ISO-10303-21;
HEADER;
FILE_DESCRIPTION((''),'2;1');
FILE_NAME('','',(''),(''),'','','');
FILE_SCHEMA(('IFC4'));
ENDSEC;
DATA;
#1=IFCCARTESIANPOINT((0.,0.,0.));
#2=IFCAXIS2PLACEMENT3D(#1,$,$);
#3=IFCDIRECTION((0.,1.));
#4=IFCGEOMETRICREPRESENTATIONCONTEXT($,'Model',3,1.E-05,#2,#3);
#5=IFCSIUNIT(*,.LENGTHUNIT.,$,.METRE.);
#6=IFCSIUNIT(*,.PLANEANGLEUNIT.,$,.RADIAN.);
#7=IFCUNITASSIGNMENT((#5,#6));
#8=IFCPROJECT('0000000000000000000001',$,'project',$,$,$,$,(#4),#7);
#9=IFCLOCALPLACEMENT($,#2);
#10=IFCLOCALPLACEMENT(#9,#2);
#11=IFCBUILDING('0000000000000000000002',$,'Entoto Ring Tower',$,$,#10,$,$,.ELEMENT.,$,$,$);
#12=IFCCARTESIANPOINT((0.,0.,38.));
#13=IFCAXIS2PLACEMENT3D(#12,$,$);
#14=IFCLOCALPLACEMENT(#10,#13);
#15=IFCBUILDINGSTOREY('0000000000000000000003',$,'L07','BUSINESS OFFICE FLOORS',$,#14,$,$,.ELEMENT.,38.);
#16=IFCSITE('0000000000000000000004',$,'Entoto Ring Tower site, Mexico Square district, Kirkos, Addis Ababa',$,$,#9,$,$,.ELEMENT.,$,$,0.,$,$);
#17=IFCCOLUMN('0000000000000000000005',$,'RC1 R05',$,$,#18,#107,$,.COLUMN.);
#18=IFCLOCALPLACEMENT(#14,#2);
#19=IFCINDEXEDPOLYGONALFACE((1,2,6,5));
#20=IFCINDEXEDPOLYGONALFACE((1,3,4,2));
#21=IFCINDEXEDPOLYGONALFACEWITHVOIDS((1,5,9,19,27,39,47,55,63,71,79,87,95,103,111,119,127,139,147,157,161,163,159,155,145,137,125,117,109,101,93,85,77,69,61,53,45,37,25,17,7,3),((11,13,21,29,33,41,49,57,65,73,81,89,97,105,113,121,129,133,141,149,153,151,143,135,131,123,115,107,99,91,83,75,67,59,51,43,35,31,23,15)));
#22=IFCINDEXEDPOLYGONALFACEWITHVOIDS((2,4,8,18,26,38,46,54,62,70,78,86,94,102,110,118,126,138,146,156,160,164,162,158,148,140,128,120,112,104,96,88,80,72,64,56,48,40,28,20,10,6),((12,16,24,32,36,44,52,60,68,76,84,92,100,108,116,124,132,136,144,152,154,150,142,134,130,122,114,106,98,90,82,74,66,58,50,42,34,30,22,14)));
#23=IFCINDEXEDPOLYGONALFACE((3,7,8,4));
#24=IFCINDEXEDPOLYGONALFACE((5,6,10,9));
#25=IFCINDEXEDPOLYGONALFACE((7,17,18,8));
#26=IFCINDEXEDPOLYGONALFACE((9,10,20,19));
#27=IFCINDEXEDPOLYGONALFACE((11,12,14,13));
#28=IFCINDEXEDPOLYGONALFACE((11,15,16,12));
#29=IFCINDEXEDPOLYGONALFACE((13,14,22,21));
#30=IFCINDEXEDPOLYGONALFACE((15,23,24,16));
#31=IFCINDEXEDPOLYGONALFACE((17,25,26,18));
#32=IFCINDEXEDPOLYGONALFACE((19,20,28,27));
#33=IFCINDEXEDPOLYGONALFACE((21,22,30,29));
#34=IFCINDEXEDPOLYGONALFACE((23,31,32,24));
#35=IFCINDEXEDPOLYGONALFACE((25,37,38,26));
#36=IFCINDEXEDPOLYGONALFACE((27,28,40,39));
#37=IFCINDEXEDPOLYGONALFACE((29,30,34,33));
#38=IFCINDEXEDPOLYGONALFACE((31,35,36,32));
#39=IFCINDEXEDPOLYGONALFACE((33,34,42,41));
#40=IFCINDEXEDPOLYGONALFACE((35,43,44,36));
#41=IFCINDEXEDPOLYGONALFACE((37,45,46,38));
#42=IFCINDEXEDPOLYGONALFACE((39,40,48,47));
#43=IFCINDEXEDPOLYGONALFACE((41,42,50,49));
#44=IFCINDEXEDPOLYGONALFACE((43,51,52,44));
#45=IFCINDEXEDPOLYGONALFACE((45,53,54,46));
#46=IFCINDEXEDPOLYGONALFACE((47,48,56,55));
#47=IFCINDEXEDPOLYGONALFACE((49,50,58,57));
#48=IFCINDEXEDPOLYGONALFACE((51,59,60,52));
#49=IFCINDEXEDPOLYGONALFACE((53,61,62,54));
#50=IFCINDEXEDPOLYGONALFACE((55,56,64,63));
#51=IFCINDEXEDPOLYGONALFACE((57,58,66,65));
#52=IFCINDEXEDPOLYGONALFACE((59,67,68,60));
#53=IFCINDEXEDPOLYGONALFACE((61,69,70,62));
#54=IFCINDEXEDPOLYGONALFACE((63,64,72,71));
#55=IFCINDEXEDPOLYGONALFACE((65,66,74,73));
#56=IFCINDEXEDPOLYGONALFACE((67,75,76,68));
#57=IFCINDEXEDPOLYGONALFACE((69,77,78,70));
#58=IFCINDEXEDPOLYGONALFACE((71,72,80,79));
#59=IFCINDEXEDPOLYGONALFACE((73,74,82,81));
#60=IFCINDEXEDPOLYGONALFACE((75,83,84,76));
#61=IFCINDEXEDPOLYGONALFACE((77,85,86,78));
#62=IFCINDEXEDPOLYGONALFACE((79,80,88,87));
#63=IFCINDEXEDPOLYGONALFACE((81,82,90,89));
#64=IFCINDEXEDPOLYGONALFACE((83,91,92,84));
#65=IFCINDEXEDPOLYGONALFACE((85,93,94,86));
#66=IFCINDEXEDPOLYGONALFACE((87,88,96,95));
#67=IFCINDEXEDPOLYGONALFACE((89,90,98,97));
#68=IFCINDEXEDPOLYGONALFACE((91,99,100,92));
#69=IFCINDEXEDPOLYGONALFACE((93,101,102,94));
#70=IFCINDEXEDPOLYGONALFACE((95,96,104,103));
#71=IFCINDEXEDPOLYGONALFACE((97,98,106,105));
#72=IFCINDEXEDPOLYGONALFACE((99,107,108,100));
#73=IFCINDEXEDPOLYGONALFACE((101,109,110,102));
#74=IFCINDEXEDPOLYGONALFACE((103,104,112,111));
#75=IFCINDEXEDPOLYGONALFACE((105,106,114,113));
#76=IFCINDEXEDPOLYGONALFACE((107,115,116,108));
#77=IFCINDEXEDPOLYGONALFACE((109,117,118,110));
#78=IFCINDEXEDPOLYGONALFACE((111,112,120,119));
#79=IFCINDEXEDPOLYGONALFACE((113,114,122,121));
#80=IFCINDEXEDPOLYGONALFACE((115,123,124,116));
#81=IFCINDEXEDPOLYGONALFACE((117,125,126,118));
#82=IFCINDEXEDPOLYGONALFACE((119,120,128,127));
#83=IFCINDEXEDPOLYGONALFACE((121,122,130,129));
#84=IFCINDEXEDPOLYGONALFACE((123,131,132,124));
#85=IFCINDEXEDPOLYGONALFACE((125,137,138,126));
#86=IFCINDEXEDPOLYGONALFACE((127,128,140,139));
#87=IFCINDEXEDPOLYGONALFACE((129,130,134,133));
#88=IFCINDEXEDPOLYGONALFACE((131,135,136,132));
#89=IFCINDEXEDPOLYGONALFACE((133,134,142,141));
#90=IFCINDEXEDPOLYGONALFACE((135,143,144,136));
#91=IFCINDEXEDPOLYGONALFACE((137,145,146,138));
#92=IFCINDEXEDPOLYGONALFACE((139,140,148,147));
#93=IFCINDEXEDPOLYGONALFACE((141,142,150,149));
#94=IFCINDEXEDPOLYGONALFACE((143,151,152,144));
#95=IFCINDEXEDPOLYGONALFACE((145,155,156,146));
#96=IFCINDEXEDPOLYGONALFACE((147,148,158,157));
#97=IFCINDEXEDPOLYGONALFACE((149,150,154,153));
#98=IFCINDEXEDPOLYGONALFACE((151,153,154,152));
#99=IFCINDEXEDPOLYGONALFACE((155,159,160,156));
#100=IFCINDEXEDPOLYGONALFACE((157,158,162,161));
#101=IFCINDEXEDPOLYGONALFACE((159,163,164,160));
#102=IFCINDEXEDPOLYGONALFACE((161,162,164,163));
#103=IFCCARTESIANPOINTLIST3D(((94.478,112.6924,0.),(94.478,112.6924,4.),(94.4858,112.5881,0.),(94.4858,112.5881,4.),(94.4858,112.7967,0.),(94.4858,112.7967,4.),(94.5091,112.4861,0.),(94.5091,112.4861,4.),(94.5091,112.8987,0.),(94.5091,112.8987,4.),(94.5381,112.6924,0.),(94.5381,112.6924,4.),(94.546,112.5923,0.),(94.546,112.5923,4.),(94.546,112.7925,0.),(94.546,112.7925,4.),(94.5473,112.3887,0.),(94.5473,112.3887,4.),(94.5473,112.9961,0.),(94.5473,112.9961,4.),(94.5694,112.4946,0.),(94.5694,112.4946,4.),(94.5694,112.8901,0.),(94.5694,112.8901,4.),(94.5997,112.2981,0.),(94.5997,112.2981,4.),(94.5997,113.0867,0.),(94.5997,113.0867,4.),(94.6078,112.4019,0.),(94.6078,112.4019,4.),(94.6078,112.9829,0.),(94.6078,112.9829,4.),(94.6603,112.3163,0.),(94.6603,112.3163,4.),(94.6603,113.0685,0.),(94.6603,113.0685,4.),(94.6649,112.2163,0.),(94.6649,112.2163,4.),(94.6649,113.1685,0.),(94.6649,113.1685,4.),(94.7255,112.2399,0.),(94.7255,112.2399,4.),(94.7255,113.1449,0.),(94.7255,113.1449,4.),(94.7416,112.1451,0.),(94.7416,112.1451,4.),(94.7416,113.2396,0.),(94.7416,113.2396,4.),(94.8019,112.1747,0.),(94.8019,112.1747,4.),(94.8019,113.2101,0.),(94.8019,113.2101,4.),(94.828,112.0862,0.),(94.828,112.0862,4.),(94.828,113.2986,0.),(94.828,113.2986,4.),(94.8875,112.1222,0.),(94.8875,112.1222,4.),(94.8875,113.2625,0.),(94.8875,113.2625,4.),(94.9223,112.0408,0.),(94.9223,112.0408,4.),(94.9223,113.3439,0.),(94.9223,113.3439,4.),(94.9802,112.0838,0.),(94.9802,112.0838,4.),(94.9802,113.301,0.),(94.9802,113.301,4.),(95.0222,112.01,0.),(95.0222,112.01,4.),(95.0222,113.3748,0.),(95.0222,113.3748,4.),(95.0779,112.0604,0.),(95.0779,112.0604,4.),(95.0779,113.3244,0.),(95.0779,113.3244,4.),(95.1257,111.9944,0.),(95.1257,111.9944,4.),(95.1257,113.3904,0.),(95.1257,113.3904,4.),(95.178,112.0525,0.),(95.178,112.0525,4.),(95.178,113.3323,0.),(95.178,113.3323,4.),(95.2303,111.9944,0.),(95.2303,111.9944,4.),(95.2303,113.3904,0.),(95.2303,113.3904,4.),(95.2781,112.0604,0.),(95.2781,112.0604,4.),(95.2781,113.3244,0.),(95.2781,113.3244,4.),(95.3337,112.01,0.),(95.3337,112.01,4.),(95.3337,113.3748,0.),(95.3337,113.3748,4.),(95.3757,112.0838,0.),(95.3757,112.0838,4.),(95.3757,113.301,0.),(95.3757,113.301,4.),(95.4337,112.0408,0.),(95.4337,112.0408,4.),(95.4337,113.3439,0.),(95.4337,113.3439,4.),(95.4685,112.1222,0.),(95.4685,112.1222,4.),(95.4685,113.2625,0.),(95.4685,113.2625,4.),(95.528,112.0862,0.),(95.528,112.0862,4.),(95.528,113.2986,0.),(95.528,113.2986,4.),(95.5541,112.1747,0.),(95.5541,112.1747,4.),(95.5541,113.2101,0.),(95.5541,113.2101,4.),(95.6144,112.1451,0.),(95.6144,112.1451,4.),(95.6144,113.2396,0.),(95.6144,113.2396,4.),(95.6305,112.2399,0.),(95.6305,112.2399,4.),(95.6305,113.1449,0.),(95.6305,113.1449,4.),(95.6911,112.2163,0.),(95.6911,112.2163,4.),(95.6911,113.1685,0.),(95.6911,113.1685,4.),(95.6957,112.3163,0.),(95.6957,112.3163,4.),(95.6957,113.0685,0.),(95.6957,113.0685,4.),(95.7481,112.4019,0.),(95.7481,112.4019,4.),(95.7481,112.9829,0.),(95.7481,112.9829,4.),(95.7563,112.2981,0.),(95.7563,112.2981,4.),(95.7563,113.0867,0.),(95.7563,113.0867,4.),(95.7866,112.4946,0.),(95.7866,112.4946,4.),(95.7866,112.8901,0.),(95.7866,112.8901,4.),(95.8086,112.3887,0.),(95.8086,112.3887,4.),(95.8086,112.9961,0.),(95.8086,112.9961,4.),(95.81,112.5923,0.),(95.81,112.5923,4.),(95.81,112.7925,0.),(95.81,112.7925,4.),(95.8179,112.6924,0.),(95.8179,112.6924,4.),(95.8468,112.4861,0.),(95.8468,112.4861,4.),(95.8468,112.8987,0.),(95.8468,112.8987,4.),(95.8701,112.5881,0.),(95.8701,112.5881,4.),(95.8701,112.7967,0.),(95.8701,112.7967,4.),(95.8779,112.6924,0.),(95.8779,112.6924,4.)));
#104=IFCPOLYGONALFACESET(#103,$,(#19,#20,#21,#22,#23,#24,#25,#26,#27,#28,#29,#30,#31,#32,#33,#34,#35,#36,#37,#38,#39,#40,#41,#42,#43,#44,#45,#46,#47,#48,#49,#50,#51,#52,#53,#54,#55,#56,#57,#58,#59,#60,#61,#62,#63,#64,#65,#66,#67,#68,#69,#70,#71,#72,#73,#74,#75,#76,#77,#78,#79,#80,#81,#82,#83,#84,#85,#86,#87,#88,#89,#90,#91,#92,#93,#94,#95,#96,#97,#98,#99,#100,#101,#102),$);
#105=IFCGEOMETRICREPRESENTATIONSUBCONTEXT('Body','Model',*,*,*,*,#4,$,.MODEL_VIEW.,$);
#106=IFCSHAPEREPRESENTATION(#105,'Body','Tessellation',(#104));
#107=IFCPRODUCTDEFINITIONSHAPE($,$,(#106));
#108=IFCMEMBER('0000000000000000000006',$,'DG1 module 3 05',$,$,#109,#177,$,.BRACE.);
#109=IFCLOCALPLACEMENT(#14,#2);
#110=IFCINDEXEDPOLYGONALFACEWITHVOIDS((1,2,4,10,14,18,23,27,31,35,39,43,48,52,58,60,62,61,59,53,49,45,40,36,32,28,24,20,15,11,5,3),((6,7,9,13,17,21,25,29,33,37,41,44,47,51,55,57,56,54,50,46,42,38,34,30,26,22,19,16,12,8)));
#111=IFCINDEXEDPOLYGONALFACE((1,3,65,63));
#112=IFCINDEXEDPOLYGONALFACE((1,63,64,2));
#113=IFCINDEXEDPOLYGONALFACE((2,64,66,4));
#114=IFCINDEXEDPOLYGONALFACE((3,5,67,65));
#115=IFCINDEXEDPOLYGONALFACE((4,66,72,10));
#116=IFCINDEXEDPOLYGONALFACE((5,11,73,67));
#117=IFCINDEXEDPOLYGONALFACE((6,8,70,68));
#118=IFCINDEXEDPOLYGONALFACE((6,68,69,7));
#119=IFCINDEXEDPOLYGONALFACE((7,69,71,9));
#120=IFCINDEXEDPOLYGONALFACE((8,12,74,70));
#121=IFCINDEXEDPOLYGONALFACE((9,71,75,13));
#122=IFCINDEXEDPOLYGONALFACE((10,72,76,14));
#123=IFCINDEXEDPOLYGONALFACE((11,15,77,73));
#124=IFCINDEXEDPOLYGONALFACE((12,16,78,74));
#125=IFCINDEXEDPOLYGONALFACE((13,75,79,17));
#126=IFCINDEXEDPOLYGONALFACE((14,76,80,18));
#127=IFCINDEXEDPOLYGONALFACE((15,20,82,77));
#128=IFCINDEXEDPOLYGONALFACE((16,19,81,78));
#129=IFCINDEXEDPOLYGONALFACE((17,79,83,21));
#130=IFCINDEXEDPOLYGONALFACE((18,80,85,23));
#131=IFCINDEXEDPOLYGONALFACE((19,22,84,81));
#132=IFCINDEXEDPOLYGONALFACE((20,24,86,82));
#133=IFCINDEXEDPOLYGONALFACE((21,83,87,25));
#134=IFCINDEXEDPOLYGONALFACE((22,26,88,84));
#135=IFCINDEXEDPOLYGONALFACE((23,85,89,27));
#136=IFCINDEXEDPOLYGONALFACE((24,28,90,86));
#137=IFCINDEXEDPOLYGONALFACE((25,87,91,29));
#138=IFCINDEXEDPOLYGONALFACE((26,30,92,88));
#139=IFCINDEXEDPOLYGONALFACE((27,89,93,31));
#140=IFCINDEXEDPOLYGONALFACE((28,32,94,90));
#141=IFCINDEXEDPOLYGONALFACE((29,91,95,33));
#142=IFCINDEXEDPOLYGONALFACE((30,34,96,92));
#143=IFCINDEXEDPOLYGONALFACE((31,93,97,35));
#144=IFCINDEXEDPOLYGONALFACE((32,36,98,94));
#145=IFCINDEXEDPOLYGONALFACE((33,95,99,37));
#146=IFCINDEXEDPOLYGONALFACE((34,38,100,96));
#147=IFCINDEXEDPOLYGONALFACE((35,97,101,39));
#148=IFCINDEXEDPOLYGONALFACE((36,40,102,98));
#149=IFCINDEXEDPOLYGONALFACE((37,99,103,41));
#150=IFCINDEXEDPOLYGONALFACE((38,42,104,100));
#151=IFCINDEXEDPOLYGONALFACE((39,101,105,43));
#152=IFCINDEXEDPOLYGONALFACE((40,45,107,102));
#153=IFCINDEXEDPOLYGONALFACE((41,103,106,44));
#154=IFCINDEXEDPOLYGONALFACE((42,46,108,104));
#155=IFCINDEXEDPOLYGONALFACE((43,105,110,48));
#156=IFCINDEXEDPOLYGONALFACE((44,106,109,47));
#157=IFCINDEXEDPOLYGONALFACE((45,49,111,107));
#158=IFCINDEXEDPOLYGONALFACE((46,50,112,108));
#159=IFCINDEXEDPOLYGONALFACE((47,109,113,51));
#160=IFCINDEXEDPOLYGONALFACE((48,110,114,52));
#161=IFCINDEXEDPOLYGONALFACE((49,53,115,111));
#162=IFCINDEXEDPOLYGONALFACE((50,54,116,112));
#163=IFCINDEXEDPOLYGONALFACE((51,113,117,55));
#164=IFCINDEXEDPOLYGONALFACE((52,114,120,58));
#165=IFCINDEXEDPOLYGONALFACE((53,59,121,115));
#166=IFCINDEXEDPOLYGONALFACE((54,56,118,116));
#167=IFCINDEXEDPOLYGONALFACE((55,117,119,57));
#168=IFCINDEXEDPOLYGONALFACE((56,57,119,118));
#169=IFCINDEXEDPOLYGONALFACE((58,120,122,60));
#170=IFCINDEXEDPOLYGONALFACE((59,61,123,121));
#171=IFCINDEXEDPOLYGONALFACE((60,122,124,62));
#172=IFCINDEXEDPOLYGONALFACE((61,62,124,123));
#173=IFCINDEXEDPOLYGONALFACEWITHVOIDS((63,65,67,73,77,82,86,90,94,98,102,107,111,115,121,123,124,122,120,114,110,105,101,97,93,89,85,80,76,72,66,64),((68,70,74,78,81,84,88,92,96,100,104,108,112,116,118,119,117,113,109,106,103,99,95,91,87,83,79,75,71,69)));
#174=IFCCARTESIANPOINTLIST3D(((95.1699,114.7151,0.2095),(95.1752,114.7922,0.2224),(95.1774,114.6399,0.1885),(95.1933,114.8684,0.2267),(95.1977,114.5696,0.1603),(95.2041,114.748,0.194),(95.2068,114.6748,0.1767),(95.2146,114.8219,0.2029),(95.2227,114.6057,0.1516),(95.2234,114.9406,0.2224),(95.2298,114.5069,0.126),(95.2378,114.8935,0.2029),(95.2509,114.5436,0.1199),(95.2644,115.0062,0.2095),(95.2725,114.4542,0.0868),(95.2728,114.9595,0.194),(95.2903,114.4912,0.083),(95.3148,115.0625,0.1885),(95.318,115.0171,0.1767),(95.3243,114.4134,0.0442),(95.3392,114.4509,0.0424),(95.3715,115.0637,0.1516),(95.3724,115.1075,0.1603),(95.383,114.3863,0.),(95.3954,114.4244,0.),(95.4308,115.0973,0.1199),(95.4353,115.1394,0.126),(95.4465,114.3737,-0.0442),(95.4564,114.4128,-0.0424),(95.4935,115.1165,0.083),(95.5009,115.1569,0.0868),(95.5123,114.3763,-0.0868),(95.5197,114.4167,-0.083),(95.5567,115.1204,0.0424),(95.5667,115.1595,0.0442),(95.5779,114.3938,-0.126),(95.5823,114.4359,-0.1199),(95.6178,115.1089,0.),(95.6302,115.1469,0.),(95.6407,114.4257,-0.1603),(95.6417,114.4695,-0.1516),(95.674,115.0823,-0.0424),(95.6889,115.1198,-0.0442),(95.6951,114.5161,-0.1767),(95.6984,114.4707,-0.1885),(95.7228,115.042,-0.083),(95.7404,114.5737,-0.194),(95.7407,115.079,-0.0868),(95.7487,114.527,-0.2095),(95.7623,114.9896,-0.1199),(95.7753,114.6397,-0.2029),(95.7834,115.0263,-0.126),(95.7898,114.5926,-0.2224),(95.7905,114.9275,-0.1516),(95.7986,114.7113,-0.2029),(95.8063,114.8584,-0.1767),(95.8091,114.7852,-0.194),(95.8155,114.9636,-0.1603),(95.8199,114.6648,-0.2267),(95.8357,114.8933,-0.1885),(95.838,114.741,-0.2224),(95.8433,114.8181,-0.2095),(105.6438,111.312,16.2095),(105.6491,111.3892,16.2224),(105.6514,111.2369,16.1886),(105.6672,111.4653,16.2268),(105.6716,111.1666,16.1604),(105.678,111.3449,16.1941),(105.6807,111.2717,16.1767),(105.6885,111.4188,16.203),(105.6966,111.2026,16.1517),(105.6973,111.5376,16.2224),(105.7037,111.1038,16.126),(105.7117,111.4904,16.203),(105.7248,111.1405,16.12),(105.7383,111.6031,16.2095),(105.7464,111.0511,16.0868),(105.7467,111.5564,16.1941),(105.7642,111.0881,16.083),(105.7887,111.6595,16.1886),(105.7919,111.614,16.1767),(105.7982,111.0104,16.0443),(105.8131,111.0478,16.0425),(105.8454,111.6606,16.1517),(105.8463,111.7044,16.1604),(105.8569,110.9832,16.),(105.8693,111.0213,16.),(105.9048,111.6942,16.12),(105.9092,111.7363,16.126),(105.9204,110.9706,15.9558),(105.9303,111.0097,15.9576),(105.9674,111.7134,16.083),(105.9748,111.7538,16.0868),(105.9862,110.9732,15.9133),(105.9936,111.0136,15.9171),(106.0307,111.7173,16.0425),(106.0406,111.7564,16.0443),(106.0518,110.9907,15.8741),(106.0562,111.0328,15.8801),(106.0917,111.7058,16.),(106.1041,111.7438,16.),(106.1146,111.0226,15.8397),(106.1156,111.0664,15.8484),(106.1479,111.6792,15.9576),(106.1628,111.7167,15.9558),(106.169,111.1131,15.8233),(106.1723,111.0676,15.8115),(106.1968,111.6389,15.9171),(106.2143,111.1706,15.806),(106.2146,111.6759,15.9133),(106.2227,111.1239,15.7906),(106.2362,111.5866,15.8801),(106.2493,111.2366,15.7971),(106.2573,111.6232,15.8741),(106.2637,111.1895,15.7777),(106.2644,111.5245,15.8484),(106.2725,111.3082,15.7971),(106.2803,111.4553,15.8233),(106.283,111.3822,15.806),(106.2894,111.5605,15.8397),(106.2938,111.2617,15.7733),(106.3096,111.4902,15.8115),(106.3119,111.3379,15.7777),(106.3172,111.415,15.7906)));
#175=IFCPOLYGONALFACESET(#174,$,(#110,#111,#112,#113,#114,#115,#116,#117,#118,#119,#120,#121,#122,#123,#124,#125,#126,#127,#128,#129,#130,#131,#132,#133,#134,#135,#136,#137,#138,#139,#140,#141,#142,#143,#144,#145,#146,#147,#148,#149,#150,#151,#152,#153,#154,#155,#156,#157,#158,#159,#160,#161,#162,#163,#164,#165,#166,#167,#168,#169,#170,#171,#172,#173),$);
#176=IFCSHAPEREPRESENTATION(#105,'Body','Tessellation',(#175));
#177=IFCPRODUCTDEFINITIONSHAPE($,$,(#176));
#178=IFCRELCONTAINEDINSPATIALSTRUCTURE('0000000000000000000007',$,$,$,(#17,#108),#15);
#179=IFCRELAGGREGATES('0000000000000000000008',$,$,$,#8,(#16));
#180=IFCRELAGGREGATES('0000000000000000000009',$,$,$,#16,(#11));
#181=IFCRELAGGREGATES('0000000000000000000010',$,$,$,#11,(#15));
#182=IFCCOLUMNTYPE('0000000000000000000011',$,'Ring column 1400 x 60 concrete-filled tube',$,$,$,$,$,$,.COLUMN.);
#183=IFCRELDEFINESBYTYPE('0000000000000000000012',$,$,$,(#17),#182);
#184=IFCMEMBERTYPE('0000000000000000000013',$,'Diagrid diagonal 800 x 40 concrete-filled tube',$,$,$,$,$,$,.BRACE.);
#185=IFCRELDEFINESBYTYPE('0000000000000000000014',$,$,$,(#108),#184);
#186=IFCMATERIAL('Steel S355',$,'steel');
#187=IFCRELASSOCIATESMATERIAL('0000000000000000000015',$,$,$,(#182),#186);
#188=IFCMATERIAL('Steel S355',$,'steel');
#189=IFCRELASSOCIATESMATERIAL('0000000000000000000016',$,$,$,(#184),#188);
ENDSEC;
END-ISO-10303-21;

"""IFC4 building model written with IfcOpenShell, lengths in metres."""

from ifc_helpers import new_model, si_unit, direction, frame, origin, origin_2d, place, context, subcontext, project, spatial, circle, hollow_circle, extrude, material, material_profile, profile_set, type_object, element, save


model = new_model("IFC4")

# Units and contexts
model_context = context("Model", 3, precision=1e-05, world=origin(), true_north=direction((0.0, 1.0)))
body_context = subcontext(model_context, "Body", "Model", "MODEL_VIEW")
ifc_project = project(units=[si_unit("LENGTHUNIT", "METRE"), si_unit("PLANEANGLEUNIT", "RADIAN")], contexts=[model_context])

# Site, building, storey
site_placement = place(None, origin())
site = spatial("IfcSite", under=ifc_project, at=site_placement, Name="Entoto Ring Tower site, Mexico Square district, Kirkos, Addis Ababa", CompositionType="ELEMENT", RefElevation=0.0)
building_placement = place(site_placement, origin())
building = spatial("IfcBuilding", under=site, at=building_placement, Name="Entoto Ring Tower", CompositionType="ELEMENT")
storey_placement = place(building_placement, frame((0.0, 0.0, 38.0)))
storey = spatial("IfcBuildingStorey", under=building, at=storey_placement, Name="L07", Description="BUSINESS OFFICE FLOORS", CompositionType="ELEMENT", Elevation=38.0)

# Column
ifc_material_1 = material(Name="Steel S355", Category="steel")
ifc_material_profile_1 = material_profile(ifc_material_1, hollow_circle(Radius=0.7, WallThickness=0.0601, at=origin_2d()), Name="CHS 1400 x 60")
ifc_material_2 = material(Name="Concrete C60/75", Category="concrete")
ifc_material_profile_2 = material_profile(ifc_material_2, circle(Radius=0.6399, at=origin_2d()), Name="Concrete C60/75 infill")
ifc_profile_set_1 = profile_set([ifc_material_profile_1, ifc_material_profile_2], Name="Steel S355")
column_type = type_object("IfcColumnType", Name="Ring column 1400 x 60 concrete-filled tube", PredefinedType="COLUMN", material=ifc_profile_set_1)
column_placement = place(storey_placement, frame((95.178, 112.6924, 0.0), z_axis=(0.0, 0.0, 1.0), x_axis=(1.0, 0.0, 0.0)))
element("IfcColumn", 1, at=column_placement, inside=storey, type_object=column_type, Name="RC1 R05", PredefinedType="COLUMN", context=body_context, shape_type="SweptSolid", body=[
    extrude(hollow_circle(Radius=0.7, WallThickness=0.0601, at=origin_2d()), origin(), (0.0, 0.0, 1.0), 4.0),
])

# Member
ifc_material_3 = material(Name="Steel S355", Category="steel")
ifc_material_profile_3 = material_profile(ifc_material_3, hollow_circle(Radius=0.3999, WallThickness=0.04, at=origin_2d()), Name="CHS 800 x 40")
ifc_material_4 = material(Name="Concrete C60/75", Category="concrete")
ifc_material_profile_4 = material_profile(ifc_material_4, circle(Radius=0.3601, at=origin_2d()), Name="Concrete C60/75 infill")
ifc_profile_set_2 = profile_set([ifc_material_profile_3, ifc_material_profile_4], Name="Steel S355")
member_type_1 = type_object("IfcMemberType", Name="Diagrid diagonal 800 x 40 concrete-filled tube", PredefinedType="BRACE", material=ifc_profile_set_2)
member_1_placement = place(storey_placement, frame((95.5066, 114.7666, 0.0), z_axis=(0.53923, -0.175202, 0.823733), x_axis=(0.309009, 0.951059, 0.0)))
element("IfcMember", 2, at=member_1_placement, inside=storey, type_object=member_type_1, Name="DG1 module 3 05", PredefinedType="BRACE", context=body_context, shape_type="SweptSolid", body=[
    extrude(hollow_circle(Radius=0.3999, WallThickness=0.04, at=origin_2d()), origin(), (0.0, 0.0, 1.0), 19.4238),
])

save(model, "model.ifc")
